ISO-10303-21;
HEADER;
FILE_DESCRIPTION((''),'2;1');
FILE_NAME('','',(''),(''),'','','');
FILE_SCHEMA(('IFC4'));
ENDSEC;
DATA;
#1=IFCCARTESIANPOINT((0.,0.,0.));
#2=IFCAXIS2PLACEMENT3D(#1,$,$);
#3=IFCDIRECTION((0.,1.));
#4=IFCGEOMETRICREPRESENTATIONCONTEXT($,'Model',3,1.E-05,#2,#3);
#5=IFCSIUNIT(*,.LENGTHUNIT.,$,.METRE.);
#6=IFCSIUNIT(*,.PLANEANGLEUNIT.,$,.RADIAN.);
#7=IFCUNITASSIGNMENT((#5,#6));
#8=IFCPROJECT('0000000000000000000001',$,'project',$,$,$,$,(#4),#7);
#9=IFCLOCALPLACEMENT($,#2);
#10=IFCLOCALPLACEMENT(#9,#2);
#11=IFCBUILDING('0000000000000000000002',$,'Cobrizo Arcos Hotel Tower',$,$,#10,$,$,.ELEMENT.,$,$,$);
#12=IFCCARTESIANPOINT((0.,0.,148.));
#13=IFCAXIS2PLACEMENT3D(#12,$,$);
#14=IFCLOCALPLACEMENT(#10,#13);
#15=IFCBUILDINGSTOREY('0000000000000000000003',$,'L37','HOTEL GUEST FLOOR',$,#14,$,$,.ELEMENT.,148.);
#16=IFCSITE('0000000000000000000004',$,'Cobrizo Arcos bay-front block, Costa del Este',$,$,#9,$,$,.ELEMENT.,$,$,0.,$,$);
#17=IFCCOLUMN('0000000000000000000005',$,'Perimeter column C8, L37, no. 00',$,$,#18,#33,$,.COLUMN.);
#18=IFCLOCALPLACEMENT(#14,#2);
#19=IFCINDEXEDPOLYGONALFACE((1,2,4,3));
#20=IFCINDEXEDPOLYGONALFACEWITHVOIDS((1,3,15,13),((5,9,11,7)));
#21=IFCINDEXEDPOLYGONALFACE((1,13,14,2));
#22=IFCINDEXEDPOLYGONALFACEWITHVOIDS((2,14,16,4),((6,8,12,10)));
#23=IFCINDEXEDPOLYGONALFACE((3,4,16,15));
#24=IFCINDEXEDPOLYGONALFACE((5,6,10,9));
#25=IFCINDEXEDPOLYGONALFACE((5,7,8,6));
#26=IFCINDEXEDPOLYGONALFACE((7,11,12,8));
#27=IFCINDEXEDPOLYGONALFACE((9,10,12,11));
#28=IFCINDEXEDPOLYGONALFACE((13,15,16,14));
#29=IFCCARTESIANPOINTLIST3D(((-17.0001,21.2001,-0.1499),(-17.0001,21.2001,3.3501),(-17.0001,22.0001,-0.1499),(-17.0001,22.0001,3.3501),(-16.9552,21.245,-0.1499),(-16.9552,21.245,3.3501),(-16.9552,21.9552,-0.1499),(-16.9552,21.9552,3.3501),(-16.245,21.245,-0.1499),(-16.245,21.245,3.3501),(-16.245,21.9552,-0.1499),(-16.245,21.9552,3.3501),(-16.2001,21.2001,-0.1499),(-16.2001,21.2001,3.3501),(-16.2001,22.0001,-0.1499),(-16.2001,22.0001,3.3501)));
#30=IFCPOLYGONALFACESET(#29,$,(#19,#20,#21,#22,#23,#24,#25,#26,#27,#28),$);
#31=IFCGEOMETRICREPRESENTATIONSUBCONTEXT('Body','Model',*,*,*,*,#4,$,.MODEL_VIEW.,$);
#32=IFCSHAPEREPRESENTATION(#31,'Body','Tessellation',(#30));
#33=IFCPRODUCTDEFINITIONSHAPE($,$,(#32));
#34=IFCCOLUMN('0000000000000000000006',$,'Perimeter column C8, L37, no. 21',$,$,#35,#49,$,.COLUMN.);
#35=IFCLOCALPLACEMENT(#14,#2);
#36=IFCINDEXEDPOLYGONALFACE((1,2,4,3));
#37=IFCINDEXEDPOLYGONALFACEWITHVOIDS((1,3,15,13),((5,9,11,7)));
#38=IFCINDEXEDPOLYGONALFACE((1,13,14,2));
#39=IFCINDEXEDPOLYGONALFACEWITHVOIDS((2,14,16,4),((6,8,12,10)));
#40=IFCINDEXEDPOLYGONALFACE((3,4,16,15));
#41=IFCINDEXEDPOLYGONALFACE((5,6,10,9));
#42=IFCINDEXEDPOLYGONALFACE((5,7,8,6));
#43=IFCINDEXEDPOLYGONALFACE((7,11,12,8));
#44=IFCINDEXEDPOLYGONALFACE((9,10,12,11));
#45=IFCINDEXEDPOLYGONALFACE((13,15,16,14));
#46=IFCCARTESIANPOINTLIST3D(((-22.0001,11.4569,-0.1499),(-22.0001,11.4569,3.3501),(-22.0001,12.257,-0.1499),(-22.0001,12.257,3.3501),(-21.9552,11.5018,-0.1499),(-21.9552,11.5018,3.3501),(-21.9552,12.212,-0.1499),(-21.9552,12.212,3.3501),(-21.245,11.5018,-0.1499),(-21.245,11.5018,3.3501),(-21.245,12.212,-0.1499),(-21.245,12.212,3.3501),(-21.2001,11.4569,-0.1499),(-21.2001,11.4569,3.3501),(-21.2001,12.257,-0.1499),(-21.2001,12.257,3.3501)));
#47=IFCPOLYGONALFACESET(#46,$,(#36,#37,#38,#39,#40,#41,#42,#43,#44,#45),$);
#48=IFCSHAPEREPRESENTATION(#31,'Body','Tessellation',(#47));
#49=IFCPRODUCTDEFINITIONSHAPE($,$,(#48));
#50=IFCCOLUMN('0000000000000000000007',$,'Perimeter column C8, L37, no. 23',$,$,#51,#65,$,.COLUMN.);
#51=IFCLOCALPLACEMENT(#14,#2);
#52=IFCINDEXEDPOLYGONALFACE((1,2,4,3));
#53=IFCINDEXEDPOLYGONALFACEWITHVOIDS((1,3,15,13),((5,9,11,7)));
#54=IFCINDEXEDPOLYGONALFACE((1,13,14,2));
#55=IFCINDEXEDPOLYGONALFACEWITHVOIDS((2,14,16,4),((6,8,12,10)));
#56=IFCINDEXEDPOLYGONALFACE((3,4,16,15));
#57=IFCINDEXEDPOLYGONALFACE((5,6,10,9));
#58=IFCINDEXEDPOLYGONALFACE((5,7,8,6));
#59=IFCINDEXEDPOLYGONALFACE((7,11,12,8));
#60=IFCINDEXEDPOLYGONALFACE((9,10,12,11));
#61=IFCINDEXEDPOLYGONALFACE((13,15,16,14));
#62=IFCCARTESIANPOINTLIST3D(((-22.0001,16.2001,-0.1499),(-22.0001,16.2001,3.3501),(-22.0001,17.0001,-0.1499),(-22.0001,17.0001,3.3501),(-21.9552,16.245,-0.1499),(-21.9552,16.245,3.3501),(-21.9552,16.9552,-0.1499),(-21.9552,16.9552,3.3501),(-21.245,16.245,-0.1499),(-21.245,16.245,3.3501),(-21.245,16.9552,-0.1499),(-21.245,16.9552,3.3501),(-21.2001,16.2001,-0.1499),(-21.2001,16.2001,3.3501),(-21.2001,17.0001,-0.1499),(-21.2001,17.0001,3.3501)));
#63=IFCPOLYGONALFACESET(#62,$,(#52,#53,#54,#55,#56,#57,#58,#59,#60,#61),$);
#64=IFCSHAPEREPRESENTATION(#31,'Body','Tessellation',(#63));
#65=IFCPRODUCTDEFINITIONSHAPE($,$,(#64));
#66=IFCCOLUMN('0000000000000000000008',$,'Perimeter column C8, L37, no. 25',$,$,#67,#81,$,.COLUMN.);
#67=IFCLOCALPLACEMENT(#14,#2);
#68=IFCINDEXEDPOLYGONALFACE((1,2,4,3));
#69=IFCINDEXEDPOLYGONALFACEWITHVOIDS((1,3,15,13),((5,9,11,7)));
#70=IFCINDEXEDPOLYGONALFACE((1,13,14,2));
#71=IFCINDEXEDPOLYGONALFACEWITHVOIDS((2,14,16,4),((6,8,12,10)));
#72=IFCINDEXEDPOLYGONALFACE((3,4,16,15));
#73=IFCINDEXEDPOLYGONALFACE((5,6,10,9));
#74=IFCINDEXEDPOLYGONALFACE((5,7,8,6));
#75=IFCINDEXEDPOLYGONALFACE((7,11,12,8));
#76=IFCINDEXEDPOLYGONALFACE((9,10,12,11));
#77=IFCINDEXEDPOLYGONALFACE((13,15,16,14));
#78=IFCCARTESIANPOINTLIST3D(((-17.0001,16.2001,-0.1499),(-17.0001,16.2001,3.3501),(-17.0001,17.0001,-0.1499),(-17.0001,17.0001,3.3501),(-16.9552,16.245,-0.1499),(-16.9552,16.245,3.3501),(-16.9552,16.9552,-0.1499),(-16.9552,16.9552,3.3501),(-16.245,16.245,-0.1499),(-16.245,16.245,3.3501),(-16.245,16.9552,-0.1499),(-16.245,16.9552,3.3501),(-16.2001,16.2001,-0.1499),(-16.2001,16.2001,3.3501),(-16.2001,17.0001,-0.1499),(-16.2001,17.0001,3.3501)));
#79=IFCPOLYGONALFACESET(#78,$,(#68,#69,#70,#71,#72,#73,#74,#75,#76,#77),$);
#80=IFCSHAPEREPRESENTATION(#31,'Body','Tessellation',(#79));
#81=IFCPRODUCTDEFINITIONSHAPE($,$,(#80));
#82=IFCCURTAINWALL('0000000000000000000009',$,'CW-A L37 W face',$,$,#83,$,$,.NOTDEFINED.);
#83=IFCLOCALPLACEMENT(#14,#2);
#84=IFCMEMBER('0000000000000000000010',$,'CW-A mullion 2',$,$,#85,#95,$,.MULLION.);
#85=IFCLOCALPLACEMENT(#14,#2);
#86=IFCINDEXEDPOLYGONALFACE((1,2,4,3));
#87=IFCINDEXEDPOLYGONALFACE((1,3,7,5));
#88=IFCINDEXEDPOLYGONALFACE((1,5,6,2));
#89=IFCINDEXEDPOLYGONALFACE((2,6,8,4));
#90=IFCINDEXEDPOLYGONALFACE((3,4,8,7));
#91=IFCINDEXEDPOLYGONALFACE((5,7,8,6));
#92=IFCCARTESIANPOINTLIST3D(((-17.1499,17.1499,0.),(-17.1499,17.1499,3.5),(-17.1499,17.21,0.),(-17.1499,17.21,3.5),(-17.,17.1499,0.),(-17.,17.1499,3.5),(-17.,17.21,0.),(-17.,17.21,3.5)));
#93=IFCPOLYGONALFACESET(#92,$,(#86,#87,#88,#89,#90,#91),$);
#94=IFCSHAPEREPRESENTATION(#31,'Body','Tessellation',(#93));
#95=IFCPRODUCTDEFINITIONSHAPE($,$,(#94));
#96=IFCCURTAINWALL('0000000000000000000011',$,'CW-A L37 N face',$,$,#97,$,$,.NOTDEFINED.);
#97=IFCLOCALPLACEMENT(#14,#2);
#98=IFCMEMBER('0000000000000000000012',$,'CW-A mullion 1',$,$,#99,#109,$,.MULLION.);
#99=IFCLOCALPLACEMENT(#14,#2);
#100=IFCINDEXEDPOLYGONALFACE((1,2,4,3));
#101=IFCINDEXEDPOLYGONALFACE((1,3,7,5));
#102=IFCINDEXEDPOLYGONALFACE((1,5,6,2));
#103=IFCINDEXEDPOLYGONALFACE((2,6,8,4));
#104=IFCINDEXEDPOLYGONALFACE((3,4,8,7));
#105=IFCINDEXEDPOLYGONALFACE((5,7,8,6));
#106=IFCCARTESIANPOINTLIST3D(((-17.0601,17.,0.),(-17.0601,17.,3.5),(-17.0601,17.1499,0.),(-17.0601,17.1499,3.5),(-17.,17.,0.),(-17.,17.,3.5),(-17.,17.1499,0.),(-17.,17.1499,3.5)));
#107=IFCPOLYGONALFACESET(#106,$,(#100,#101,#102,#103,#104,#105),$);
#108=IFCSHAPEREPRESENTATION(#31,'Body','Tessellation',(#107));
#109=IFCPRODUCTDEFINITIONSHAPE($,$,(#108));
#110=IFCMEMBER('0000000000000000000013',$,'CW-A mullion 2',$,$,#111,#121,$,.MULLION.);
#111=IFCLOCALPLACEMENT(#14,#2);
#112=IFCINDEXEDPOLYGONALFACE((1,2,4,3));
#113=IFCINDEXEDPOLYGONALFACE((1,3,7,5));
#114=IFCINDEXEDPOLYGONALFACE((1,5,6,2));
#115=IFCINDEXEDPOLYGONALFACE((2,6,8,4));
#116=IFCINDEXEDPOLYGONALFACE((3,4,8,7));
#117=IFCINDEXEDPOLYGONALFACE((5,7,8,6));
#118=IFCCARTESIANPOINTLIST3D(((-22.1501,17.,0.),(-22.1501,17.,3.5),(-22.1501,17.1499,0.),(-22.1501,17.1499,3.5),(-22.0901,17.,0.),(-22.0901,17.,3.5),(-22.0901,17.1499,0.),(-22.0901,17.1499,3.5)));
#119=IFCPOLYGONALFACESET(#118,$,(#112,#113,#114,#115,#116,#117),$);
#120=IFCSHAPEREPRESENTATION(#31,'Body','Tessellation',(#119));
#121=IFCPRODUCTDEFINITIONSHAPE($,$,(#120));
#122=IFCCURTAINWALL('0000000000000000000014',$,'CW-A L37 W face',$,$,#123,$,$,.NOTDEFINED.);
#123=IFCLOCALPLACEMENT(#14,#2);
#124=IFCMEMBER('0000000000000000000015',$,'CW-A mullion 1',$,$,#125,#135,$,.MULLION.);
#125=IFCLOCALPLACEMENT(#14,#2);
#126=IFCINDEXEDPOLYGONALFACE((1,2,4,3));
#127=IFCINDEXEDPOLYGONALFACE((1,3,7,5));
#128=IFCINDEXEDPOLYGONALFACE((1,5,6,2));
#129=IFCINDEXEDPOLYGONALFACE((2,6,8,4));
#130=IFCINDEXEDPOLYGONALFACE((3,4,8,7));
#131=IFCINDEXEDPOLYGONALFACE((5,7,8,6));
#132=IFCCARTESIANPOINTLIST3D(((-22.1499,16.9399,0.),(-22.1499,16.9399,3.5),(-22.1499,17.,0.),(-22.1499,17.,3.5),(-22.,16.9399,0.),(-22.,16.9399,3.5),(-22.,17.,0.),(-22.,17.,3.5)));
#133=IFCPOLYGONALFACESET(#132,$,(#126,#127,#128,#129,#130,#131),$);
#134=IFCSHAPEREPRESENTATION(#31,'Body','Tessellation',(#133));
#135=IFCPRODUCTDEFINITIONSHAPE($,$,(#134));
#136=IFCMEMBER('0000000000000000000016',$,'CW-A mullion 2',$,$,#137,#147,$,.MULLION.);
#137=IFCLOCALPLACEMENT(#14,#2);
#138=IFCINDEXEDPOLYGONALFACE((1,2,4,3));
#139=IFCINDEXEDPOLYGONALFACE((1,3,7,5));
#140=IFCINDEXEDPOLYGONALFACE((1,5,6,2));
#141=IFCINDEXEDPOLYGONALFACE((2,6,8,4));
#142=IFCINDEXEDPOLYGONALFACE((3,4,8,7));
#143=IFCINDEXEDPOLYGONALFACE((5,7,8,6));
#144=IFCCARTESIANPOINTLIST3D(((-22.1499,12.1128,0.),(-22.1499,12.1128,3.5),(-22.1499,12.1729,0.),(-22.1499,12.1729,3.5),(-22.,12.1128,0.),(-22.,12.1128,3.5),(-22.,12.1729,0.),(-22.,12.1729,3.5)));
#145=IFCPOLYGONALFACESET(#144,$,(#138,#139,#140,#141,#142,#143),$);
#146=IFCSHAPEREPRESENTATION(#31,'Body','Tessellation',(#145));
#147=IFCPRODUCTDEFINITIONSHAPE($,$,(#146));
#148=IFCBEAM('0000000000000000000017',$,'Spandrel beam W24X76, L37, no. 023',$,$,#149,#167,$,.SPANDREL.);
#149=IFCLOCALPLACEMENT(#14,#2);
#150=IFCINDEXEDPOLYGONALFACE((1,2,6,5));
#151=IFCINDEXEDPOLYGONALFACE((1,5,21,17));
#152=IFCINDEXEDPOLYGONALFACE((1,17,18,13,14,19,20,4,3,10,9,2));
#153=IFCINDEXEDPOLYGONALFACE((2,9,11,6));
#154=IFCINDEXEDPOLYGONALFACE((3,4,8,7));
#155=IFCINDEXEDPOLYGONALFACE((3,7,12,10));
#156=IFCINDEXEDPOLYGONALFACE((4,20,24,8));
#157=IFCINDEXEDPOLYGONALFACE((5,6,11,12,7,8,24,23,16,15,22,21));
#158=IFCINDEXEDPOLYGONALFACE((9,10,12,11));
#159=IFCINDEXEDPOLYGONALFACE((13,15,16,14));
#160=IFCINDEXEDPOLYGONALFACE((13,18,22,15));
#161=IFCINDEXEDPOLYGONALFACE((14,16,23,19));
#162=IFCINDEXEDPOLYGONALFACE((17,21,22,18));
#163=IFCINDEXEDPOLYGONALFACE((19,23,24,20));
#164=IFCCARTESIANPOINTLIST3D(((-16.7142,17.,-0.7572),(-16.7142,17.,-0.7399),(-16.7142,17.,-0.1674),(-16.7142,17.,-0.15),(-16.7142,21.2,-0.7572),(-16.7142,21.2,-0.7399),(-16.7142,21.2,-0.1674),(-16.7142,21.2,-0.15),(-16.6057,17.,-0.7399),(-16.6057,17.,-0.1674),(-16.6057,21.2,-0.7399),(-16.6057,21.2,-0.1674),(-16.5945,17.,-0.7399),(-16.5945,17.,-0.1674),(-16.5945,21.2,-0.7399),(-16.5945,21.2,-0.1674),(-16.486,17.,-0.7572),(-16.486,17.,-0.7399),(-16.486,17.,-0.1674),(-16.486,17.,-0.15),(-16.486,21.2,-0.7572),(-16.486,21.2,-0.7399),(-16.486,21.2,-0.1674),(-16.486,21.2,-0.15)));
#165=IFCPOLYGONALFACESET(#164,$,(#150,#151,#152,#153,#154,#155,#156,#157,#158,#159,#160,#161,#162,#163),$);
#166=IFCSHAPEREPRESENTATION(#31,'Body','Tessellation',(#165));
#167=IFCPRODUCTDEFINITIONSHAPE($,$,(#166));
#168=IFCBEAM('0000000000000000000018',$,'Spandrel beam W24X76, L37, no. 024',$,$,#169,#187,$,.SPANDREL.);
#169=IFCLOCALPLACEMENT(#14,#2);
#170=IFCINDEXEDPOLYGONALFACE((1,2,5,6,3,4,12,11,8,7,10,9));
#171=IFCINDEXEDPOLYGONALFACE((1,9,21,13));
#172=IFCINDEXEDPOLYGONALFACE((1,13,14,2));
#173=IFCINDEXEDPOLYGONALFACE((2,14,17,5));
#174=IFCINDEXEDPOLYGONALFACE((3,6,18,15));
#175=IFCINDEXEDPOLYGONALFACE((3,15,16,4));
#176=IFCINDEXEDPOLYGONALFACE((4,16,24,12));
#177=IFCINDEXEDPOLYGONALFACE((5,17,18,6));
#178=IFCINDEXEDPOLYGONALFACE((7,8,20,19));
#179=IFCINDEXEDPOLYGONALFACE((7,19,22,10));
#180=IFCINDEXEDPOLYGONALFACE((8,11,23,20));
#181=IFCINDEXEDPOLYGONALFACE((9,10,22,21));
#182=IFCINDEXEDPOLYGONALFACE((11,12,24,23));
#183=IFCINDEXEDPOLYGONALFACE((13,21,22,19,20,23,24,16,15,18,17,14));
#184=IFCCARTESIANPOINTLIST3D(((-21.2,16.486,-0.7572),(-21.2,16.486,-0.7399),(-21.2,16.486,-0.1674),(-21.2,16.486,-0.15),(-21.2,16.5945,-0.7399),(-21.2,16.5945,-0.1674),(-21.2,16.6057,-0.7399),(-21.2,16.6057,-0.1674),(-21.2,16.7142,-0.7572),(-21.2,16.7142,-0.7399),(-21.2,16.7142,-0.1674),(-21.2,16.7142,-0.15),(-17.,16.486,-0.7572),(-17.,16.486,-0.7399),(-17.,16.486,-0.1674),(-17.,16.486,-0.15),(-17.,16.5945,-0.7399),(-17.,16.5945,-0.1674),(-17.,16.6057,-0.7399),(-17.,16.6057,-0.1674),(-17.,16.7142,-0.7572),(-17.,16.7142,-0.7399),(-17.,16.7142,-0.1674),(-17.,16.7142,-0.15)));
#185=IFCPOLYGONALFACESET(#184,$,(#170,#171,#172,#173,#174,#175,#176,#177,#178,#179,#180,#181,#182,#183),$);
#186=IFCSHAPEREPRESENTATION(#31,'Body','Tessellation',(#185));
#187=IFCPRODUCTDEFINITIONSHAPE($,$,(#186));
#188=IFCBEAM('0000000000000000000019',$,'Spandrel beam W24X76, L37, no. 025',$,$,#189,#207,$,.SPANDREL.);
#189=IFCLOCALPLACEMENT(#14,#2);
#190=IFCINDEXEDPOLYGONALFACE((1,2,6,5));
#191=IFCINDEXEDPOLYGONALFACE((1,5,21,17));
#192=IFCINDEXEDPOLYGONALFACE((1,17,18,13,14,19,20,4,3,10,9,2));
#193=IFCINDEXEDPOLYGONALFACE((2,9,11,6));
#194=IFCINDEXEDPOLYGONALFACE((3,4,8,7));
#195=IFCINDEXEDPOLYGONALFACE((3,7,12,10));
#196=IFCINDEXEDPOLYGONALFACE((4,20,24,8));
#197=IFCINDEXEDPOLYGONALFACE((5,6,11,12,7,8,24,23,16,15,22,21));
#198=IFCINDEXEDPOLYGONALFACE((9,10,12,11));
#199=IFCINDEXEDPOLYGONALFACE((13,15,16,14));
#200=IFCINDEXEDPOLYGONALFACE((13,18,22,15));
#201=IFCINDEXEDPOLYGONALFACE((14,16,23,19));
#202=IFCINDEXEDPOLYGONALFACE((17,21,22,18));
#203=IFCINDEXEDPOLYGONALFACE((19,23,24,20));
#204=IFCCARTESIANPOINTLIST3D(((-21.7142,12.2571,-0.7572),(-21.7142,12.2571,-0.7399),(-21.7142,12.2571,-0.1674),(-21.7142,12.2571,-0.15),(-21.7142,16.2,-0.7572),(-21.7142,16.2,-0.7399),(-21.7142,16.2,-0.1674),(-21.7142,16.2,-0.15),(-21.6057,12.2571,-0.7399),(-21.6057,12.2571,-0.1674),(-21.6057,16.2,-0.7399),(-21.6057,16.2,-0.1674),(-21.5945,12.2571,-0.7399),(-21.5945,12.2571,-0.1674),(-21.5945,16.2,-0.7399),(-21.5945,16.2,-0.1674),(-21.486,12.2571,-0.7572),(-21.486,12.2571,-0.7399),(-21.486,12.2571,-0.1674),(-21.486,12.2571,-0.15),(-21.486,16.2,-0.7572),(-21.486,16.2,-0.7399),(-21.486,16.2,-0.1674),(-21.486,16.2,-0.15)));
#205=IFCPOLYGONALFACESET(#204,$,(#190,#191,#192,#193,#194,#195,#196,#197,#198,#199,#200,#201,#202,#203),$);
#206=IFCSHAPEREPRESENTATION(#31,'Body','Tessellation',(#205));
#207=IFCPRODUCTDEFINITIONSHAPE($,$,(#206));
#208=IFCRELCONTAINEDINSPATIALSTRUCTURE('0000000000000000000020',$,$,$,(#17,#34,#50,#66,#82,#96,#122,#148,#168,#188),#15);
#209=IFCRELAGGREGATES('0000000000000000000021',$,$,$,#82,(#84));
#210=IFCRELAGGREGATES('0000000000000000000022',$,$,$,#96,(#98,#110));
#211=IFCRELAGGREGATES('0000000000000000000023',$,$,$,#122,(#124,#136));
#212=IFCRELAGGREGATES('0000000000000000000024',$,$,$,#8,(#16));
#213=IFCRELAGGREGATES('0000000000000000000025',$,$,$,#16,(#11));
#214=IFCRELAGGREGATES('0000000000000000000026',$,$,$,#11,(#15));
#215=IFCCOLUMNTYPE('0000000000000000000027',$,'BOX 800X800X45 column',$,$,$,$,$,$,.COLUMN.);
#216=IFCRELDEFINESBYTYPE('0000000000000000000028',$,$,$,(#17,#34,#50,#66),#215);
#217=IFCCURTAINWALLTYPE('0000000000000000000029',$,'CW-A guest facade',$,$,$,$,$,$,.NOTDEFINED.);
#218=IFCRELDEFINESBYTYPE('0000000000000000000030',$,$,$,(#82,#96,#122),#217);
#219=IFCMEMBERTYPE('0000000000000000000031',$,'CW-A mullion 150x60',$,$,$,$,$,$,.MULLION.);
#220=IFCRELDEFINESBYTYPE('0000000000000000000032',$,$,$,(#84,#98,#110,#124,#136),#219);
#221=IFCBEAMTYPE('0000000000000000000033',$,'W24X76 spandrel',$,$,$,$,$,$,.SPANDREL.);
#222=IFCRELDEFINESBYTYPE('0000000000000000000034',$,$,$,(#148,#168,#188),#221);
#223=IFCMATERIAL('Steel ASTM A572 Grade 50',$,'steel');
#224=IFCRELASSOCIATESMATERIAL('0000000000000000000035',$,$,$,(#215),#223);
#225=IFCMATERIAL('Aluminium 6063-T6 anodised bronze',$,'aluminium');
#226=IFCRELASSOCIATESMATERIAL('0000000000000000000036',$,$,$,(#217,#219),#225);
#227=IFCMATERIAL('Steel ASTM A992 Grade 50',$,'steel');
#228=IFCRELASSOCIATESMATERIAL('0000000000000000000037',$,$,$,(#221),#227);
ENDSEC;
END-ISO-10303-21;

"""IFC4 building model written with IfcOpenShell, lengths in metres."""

from ifc_helpers import new_model, si_unit, direction, frame, origin, origin_2d, place, context, subcontext, project, spatial, rectangle, hollow_rectangle, i_section, extrude, material, material_profile, profile_set, type_object, element, aggregate, save


model = new_model("IFC4")

# Units and contexts
model_context = context("Model", 3, precision=1e-05, world=origin(), true_north=direction((0.0, 1.0)))
body_context = subcontext(model_context, "Body", "Model", "MODEL_VIEW")
ifc_project = project(units=[si_unit("LENGTHUNIT", "METRE"), si_unit("PLANEANGLEUNIT", "RADIAN")], contexts=[model_context])

# Site, building, storey
site_placement = place(None, origin())
site = spatial("IfcSite", under=ifc_project, at=site_placement, Name="Cobrizo Arcos bay-front block, Costa del Este", CompositionType="ELEMENT", RefElevation=0.0)
building_placement = place(site_placement, origin())
building = spatial("IfcBuilding", under=site, at=building_placement, Name="Cobrizo Arcos Hotel Tower", CompositionType="ELEMENT")
storey_placement = place(building_placement, frame((0.0, 0.0, 148.0)))
storey = spatial("IfcBuildingStorey", under=building, at=storey_placement, Name="L37", Description="HOTEL GUEST FLOOR", CompositionType="ELEMENT", Elevation=148.0)

# Columns
ifc_material_1 = material(Name="Steel ASTM A572 Grade 50", Category="steel")
ifc_material_profile_1 = material_profile(ifc_material_1, hollow_rectangle(XDim=0.8, YDim=0.8, WallThickness=0.0449, at=origin_2d()), Name="BOX 800X800X45")
ifc_profile_set_1 = profile_set([ifc_material_profile_1], Name="Steel ASTM A572 Grade 50")
column_type = type_object("IfcColumnType", Name="BOX 800X800X45 column", PredefinedType="COLUMN", material=ifc_profile_set_1)
for number, where, z_axis, x_axis, name in (
    (1, (-16.6001, 21.6001, -0.1499), (0.0, 0.0, 1.0), (1.0, 0.0, 0.0), "Perimeter column C8, L37, no. 00"),
    (2, (-21.6001, 11.8569, -0.1499), (0.0, 0.0, 1.0), (1.0, 0.0, 0.0), "Perimeter column C8, L37, no. 21"),
    (3, (-21.6001, 16.6001, -0.1499), (0.0, 0.0, 1.0), (1.0, 0.0, 0.0), "Perimeter column C8, L37, no. 23"),
    (4, (-16.6001, 16.6001, -0.1499), (0.0, 0.0, 1.0), (1.0, 0.0, 0.0), "Perimeter column C8, L37, no. 25"),
):
    element("IfcColumn", number, at=place(storey_placement, frame(where, z_axis=z_axis, x_axis=x_axis)), inside=storey, type_object=column_type, Name=name, PredefinedType="COLUMN", context=body_context, shape_type="SweptSolid", body=[
        extrude(hollow_rectangle(XDim=0.8, YDim=0.8, WallThickness=0.0449, at=origin_2d()), origin(), (0.0, 0.0, 1.0), 3.5),
    ])

# Curtain wall, member
ifc_material_2 = material(Name="Aluminium 6063-T6 anodised bronze", Category="aluminium")
curtain_wall_type = type_object("IfcCurtainWallType", Name="CW-A guest facade", PredefinedType="NOTDEFINED", material=ifc_material_2)
curtain_wall_1_placement = place(storey_placement, origin())
curtain_wall_1 = element("IfcCurtainWall", 5, at=curtain_wall_1_placement, inside=storey, type_object=curtain_wall_type, Name="CW-A L37 W face", PredefinedType="NOTDEFINED")
ifc_material_profile_2 = material_profile(ifc_material_2, rectangle(XDim=0.1499, YDim=0.0601, at=origin_2d()), Name="CW-A mullion 150x60")
ifc_profile_set_2 = profile_set([ifc_material_profile_2], Name="Aluminium 6063-T6 anodised bronze")
member_type = type_object("IfcMemberType", Name="CW-A mullion 150x60", PredefinedType="MULLION", material=ifc_profile_set_2)
member_1_placement = place(storey_placement, frame((-17.075, 17.1799, 0.0), z_axis=(0.0, 0.0, 1.0), x_axis=(-1.0, 0.0, 0.0)))
member_1 = element("IfcMember", 6, at=member_1_placement, type_object=member_type, Name="CW-A mullion 2", PredefinedType="MULLION", context=body_context, shape_type="SweptSolid", body=[
    extrude(rectangle(XDim=0.1499, YDim=0.0601, at=origin_2d()), origin(), (0.0, 0.0, 1.0), 3.5),
])
aggregate(curtain_wall_1, [member_1])

# Curtain walls, members
curtain_wall_2_placement = place(storey_placement, origin())
curtain_wall_2 = element("IfcCurtainWall", 7, at=curtain_wall_2_placement, inside=storey, type_object=curtain_wall_type, Name="CW-A L37 N face", PredefinedType="NOTDEFINED")
member_2_placement = place(storey_placement, frame((-17.03, 17.075, 0.0), z_axis=(0.0, 0.0, 1.0), x_axis=(0.0, 1.0, 0.0)))
member_2 = element("IfcMember", 8, at=member_2_placement, type_object=member_type, Name="CW-A mullion 1", PredefinedType="MULLION", context=body_context, shape_type="SweptSolid", body=[
    extrude(rectangle(XDim=0.1499, YDim=0.0601, at=origin_2d()), origin(), (0.0, 0.0, 1.0), 3.5),
])
member_3_placement = place(storey_placement, frame((-22.1201, 17.075, 0.0), z_axis=(0.0, 0.0, 1.0), x_axis=(0.0, 1.0, 0.0)))
member_3 = element("IfcMember", 9, at=member_3_placement, type_object=member_type, Name="CW-A mullion 2", PredefinedType="MULLION", context=body_context, shape_type="SweptSolid", body=[
    extrude(rectangle(XDim=0.1499, YDim=0.0601, at=origin_2d()), origin(), (0.0, 0.0, 1.0), 3.5),
])
curtain_wall_3_placement = place(storey_placement, origin())
curtain_wall_3 = element("IfcCurtainWall", 10, at=curtain_wall_3_placement, inside=storey, type_object=curtain_wall_type, Name="CW-A L37 W face", PredefinedType="NOTDEFINED")
member_4_placement = place(storey_placement, frame((-22.075, 16.97, 0.0), z_axis=(0.0, 0.0, 1.0), x_axis=(-1.0, 0.0, 0.0)))
member_4 = element("IfcMember", 11, at=member_4_placement, type_object=member_type, Name="CW-A mullion 1", PredefinedType="MULLION", context=body_context, shape_type="SweptSolid", body=[
    extrude(rectangle(XDim=0.1499, YDim=0.0601, at=origin_2d()), origin(), (0.0, 0.0, 1.0), 3.5),
])
member_5_placement = place(storey_placement, frame((-22.075, 12.1428, 0.0), z_axis=(0.0, 0.0, 1.0), x_axis=(-1.0, 0.0, 0.0)))
member_5 = element("IfcMember", 12, at=member_5_placement, type_object=member_type, Name="CW-A mullion 2", PredefinedType="MULLION", context=body_context, shape_type="SweptSolid", body=[
    extrude(rectangle(XDim=0.1499, YDim=0.0601, at=origin_2d()), origin(), (0.0, 0.0, 1.0), 3.5),
])

# Beams
ifc_material_3 = material(Name="Steel ASTM A992 Grade 50", Category="steel")
ifc_material_profile_3 = material_profile(ifc_material_3, i_section(OverallWidth=0.2283, OverallDepth=0.6072, WebThickness=0.0112, FlangeThickness=0.0173, at=origin_2d()), Name="W24X76")
ifc_profile_set_3 = profile_set([ifc_material_profile_3], Name="Steel ASTM A992 Grade 50")
beam_type = type_object("IfcBeamType", Name="W24X76 spandrel", PredefinedType="SPANDREL", material=ifc_profile_set_3)
for number, where, z_axis, x_axis, name in (
    (13, (-16.6001, 21.2, -0.4536), (0.0, -1.0, 0.0), (1.0, 0.0, 0.0), "Spandrel beam W24X76, L37, no. 023"),
    (14, (-17.0, 16.6001, -0.4536), (-1.0, 0.0, 0.0), (0.0, -1.0, 0.0), "Spandrel beam W24X76, L37, no. 024"),
):
    element("IfcBeam", number, at=place(storey_placement, frame(where, z_axis=z_axis, x_axis=x_axis)), inside=storey, type_object=beam_type, Name=name, PredefinedType="SPANDREL", context=body_context, shape_type="SweptSolid", body=[
        extrude(i_section(OverallWidth=0.2283, OverallDepth=0.6072, WebThickness=0.0112, FlangeThickness=0.0173, at=origin_2d()), origin(), (0.0, 0.0, 1.0), 4.2),
    ])
beam_placement = place(storey_placement, frame((-21.6001, 16.2, -0.4536), z_axis=(0.0, -1.0, 0.0), x_axis=(1.0, 0.0, 0.0)))
element("IfcBeam", 15, at=beam_placement, inside=storey, type_object=beam_type, Name="Spandrel beam W24X76, L37, no. 025", PredefinedType="SPANDREL", context=body_context, shape_type="SweptSolid", body=[
    extrude(i_section(OverallWidth=0.2283, OverallDepth=0.6072, WebThickness=0.0112, FlangeThickness=0.0173, at=origin_2d()), origin(), (0.0, 0.0, 1.0), 3.9429),
])

aggregate(curtain_wall_2, [member_2, member_3])
aggregate(curtain_wall_3, [member_4, member_5])

save(model, "model.ifc")
